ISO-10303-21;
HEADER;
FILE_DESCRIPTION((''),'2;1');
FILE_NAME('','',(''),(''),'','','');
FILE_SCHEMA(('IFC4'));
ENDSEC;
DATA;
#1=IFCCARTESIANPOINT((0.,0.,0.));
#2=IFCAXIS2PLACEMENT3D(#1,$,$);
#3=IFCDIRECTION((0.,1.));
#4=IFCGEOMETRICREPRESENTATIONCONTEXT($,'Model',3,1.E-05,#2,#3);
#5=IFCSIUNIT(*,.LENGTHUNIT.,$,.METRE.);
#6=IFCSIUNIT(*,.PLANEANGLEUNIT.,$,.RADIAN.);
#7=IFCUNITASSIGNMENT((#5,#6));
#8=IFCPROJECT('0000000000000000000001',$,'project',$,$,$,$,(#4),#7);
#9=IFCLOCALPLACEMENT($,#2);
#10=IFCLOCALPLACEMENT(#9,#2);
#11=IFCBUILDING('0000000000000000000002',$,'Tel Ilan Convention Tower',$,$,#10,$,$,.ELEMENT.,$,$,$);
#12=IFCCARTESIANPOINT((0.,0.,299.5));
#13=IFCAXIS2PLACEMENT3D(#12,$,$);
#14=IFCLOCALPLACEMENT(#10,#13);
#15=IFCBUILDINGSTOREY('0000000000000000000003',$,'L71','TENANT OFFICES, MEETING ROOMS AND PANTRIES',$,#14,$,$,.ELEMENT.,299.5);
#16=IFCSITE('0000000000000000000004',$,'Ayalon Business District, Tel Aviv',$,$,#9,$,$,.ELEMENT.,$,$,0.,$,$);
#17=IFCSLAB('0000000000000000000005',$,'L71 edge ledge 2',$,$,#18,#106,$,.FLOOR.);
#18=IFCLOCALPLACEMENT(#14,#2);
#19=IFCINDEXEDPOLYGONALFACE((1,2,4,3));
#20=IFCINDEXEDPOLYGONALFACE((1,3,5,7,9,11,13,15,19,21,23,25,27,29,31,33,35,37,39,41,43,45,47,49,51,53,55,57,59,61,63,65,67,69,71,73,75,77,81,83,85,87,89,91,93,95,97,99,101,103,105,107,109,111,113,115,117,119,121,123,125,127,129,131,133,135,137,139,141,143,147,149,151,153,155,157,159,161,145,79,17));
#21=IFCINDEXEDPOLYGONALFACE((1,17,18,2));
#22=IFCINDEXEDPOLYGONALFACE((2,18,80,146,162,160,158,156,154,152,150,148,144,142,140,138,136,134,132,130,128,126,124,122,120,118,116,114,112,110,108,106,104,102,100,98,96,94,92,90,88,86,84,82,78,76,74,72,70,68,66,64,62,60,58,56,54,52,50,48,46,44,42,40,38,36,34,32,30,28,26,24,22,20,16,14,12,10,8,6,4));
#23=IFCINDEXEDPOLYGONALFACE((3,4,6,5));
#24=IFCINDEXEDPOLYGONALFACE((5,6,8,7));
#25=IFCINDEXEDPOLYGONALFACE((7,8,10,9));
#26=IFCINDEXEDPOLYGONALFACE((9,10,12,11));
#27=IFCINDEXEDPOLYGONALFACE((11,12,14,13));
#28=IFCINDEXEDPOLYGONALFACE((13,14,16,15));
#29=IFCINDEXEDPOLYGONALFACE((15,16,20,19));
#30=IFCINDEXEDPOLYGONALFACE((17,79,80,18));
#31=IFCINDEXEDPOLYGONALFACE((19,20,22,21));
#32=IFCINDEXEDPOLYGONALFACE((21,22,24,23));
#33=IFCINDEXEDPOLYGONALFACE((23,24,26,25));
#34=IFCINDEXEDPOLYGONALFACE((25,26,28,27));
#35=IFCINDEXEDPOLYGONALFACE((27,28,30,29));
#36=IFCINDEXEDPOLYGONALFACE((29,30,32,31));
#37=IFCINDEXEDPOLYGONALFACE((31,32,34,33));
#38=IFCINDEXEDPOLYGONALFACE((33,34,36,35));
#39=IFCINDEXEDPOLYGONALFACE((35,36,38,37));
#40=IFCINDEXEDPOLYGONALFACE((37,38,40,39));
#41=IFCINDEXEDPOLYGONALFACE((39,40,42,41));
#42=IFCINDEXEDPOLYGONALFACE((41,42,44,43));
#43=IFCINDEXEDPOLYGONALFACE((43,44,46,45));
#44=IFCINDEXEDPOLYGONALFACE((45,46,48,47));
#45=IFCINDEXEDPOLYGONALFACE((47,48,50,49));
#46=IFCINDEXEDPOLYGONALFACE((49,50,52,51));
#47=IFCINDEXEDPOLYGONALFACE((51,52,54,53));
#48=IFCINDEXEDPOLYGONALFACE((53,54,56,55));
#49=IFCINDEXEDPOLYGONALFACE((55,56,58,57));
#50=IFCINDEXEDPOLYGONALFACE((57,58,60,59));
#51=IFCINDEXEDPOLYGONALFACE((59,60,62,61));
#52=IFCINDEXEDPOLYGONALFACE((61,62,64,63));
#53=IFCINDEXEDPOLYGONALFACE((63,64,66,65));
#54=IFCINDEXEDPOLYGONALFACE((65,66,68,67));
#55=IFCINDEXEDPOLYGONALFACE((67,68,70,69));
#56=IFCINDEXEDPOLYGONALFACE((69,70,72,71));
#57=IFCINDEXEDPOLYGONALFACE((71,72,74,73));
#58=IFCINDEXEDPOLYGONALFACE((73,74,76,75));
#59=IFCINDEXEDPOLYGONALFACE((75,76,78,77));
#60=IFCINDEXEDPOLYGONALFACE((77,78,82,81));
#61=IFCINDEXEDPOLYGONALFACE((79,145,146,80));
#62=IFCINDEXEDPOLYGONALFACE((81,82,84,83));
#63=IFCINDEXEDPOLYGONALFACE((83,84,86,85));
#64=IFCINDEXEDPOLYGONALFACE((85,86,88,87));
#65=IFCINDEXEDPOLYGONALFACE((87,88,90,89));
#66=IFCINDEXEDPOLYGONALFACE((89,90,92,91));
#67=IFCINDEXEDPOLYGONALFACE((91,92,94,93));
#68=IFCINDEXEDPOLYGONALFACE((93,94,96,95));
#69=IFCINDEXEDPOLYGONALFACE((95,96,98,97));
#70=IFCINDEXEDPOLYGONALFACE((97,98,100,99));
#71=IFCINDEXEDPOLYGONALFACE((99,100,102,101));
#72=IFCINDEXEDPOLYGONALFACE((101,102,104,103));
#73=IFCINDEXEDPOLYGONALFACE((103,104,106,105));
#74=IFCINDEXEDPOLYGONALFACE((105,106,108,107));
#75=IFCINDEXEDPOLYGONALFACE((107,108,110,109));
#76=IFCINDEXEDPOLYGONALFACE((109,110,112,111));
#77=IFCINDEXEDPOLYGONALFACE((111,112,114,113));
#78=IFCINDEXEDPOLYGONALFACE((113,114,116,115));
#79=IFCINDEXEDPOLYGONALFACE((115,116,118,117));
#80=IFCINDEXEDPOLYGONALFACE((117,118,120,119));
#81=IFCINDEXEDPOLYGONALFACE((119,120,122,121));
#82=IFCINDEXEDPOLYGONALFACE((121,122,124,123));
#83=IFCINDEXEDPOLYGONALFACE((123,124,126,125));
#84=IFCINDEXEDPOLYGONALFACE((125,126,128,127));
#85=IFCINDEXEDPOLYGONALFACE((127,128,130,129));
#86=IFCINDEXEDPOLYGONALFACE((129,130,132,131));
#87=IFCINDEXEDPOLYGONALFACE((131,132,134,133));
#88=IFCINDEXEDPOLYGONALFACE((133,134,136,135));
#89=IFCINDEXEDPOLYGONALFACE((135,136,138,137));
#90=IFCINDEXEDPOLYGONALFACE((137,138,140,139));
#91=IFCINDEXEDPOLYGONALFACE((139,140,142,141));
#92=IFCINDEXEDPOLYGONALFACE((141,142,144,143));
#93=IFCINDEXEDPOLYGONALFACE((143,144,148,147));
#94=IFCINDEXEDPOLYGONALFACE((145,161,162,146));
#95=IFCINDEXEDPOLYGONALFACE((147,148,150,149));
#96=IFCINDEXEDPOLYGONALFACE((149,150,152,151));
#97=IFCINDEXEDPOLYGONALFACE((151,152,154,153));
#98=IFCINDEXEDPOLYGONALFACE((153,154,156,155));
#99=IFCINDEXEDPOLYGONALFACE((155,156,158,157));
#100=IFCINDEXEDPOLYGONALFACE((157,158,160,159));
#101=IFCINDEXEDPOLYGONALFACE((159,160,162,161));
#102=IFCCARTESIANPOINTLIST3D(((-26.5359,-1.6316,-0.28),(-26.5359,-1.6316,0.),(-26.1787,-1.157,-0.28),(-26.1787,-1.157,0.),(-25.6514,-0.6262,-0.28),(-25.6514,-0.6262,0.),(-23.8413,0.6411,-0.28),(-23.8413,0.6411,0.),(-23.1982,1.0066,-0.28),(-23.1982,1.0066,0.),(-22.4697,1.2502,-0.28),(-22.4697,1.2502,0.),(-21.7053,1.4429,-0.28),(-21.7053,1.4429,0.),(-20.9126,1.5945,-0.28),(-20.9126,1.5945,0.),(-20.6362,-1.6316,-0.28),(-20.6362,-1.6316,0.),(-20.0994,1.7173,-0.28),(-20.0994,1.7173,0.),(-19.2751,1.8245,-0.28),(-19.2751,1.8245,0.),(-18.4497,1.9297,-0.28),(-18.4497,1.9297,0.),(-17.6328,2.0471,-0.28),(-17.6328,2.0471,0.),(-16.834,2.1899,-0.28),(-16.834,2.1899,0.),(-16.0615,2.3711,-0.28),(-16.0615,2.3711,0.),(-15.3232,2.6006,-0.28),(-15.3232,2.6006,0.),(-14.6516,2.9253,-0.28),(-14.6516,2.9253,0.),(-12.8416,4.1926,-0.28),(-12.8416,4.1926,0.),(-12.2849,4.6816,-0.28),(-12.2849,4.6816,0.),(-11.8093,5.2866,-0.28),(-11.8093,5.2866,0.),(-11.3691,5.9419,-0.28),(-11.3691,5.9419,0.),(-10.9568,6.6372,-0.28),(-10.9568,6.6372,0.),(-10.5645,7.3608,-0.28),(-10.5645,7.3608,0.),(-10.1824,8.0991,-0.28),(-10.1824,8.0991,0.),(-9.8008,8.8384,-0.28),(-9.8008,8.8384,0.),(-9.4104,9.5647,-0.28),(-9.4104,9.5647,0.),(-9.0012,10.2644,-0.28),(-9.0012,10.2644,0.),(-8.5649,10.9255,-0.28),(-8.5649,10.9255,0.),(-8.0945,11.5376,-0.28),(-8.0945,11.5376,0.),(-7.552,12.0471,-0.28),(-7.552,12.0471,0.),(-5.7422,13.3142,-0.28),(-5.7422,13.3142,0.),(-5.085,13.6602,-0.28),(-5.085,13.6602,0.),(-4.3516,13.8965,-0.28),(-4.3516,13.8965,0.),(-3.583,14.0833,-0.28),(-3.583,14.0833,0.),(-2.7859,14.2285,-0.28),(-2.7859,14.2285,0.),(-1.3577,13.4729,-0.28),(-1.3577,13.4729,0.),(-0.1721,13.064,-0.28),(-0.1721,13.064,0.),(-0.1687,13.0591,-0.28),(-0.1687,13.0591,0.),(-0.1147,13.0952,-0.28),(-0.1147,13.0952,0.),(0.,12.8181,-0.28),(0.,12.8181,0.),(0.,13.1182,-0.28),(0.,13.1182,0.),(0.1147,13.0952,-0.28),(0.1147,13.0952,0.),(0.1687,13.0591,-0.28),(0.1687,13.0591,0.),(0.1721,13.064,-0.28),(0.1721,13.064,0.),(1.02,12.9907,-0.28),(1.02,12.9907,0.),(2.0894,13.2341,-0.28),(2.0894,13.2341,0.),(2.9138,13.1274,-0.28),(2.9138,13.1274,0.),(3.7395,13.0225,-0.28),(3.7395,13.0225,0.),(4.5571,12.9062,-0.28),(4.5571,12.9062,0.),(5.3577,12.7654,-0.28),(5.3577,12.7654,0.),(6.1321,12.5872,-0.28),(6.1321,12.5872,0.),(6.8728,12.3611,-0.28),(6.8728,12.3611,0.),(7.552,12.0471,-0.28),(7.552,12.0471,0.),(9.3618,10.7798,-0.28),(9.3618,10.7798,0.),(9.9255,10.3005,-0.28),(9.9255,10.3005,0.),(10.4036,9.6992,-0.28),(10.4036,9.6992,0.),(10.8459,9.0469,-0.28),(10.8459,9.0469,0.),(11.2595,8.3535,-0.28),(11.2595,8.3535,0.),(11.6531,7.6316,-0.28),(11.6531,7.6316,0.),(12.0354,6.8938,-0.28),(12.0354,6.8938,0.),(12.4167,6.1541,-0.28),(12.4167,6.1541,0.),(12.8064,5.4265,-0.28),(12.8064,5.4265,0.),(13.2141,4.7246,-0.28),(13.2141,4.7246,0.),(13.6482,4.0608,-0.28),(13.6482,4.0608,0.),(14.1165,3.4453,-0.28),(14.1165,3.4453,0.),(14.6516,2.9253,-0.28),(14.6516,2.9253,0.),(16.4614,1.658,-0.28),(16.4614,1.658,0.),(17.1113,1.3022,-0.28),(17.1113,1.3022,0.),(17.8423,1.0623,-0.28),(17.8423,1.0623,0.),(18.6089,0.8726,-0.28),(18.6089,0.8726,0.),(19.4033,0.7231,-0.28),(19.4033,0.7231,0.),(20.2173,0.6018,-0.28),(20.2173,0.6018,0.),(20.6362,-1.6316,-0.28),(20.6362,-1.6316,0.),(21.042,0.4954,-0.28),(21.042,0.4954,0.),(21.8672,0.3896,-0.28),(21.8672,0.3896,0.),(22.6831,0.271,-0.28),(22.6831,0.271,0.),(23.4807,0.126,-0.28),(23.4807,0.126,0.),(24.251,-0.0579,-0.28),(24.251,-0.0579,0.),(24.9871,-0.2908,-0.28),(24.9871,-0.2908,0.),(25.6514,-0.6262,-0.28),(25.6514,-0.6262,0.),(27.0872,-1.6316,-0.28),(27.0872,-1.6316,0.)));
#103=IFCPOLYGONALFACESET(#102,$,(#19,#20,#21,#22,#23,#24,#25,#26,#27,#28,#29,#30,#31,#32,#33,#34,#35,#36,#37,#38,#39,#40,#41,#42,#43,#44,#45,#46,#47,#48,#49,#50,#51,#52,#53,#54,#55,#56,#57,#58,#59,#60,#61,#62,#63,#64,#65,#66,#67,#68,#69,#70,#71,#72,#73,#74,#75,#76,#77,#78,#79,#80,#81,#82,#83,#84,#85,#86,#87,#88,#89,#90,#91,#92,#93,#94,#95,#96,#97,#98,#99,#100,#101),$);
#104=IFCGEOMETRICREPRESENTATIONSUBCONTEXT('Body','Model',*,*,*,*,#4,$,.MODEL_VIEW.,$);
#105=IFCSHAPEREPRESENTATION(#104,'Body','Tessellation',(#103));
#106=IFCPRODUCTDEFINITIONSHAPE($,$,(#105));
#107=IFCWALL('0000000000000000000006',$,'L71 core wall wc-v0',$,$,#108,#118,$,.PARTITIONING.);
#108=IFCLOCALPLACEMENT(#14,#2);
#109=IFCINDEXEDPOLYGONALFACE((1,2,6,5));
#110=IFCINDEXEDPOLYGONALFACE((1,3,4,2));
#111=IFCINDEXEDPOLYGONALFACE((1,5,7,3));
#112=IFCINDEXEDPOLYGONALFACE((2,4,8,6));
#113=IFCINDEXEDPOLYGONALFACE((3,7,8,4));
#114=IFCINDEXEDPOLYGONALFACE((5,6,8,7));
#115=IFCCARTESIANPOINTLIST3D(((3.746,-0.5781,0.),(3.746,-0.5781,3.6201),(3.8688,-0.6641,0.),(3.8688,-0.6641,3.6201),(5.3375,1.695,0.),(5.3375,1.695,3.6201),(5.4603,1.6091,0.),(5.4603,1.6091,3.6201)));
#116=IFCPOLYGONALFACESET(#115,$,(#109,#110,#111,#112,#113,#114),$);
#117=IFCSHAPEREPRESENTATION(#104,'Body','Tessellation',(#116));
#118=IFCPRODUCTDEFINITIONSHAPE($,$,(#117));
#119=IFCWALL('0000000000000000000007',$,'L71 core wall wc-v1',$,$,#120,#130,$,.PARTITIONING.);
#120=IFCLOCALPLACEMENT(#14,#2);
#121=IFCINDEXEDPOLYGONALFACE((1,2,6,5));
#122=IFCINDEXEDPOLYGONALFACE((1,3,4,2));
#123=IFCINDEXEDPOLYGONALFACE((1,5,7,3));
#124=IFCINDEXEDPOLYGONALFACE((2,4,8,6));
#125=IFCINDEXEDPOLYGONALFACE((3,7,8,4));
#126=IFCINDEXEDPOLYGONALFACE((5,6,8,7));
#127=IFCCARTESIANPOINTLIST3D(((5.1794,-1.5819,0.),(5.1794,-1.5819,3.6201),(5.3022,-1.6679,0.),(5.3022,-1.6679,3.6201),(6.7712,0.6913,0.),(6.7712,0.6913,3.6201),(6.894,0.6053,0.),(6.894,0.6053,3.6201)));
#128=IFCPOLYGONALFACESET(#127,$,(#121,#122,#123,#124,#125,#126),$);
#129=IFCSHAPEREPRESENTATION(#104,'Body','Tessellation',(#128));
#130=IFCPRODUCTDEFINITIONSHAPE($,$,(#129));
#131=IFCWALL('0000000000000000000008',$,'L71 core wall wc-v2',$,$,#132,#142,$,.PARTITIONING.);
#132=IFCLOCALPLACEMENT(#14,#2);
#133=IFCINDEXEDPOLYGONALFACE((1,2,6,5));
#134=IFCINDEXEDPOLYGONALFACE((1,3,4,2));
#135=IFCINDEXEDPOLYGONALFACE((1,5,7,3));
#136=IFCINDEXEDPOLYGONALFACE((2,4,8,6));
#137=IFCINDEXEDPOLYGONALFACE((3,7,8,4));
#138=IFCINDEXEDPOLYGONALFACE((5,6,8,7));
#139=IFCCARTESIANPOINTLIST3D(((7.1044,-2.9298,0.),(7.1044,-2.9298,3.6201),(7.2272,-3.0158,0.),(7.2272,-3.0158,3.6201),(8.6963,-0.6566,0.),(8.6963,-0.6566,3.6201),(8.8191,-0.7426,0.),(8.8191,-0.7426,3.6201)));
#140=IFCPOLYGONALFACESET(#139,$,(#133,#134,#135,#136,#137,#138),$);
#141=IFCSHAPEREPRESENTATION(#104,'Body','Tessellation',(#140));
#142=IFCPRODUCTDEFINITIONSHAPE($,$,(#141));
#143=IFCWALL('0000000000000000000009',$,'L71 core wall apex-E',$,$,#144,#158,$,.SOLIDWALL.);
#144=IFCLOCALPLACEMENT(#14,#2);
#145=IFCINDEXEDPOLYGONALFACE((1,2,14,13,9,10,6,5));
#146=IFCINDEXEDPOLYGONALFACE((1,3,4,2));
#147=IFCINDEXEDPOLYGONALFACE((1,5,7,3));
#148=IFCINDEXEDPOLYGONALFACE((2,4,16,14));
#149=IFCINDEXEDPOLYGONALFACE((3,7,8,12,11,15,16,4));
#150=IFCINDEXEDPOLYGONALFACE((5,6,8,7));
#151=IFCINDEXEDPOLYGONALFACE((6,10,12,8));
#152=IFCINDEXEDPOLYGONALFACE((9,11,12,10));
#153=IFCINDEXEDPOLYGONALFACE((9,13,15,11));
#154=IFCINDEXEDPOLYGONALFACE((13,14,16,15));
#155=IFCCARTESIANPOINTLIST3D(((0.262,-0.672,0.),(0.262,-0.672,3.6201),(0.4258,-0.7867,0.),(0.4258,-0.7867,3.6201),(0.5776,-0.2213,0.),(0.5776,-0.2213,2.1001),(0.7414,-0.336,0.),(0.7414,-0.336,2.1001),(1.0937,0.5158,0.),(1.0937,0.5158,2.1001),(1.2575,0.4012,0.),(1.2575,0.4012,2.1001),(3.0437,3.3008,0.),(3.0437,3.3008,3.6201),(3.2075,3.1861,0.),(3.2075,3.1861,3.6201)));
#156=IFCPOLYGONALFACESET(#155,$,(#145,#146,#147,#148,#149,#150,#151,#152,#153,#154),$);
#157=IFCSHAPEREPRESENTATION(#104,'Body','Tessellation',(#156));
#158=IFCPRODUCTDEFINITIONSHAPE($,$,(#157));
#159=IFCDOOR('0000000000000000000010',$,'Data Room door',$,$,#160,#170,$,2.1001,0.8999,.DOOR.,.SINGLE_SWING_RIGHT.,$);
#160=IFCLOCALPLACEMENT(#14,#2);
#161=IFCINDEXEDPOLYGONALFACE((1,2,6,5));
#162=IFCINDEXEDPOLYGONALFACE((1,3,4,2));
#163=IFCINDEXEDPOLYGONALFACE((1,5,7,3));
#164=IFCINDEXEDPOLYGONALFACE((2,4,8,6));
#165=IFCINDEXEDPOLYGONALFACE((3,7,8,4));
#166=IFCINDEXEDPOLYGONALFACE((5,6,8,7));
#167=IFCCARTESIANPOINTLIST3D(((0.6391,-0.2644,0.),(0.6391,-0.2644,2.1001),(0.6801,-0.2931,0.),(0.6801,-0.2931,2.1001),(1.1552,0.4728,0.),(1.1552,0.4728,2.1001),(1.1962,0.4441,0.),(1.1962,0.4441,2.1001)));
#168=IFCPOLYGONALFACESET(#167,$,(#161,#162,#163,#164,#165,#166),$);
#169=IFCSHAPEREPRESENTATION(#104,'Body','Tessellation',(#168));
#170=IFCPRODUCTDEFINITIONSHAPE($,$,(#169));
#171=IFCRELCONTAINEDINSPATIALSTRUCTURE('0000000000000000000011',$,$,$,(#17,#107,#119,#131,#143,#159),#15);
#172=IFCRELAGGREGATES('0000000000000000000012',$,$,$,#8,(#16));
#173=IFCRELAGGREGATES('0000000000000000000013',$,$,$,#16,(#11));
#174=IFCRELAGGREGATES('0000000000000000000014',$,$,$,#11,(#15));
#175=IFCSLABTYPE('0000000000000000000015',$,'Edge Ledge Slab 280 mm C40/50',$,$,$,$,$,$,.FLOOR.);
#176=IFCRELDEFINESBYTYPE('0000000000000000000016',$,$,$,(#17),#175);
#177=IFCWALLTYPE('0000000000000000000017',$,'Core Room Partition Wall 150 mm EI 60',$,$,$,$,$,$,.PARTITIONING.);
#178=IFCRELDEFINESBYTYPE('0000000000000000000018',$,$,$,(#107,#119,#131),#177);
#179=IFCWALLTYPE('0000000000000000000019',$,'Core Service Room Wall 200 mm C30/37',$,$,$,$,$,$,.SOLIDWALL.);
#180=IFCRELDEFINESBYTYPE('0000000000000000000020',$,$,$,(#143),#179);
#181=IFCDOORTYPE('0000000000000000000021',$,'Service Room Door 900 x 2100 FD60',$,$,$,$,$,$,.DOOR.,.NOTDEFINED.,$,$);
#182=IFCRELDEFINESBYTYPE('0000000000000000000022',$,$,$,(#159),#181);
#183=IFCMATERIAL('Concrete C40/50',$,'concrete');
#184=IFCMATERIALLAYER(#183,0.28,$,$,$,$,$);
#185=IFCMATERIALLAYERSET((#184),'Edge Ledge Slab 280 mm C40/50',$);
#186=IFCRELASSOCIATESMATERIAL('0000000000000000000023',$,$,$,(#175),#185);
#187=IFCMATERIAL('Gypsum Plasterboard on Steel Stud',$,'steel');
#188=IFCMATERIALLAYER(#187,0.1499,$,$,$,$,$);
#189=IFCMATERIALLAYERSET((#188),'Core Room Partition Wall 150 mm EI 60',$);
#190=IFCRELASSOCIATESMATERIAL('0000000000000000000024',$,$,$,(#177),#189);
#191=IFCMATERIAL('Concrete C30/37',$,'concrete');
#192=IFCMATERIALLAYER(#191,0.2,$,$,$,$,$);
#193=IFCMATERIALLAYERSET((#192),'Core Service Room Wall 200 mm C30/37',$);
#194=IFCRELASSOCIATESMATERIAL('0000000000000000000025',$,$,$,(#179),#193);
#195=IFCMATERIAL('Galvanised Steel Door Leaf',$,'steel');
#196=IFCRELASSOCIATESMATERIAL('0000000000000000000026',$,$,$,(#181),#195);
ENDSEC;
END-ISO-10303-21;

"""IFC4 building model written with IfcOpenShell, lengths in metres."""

from ifc_helpers import new_model, si_unit, direction, frame, frame_2d, origin, place, context, subcontext, project, spatial, polyline, rectangle, outline, extrude, material, layer, layer_set, type_object, element, fill, save


model = new_model("IFC4")

# Units and contexts
model_context = context("Model", 3, precision=1e-05, world=origin(), true_north=direction((0.0, 1.0)))
body_context = subcontext(model_context, "Body", "Model", "MODEL_VIEW")
ifc_project = project(units=[si_unit("LENGTHUNIT", "METRE"), si_unit("PLANEANGLEUNIT", "RADIAN")], contexts=[model_context])

# Site, building, storey
site_placement = place(None, origin())
site = spatial("IfcSite", under=ifc_project, at=site_placement, Name="Ayalon Business District, Tel Aviv", CompositionType="ELEMENT", RefElevation=0.0)
building_placement = place(site_placement, origin())
building = spatial("IfcBuilding", under=site, at=building_placement, Name="Tel Ilan Convention Tower", CompositionType="ELEMENT")
storey_placement = place(building_placement, frame((0.0, 0.0, 299.5)))
storey = spatial("IfcBuildingStorey", under=building, at=storey_placement, Name="L71", Description="TENANT OFFICES, MEETING ROOMS AND PANTRIES", CompositionType="ELEMENT", Elevation=299.5)

# Slab
ifc_material_1 = material(Name="Concrete C40/50", Category="concrete")
ifc_layer_1 = layer(ifc_material_1, 0.28)
ifc_layer_set_1 = layer_set([ifc_layer_1], Name="Edge Ledge Slab 280 mm C40/50")
slab_type_1 = type_object("IfcSlabType", Name="Edge Ledge Slab 280 mm C40/50", PredefinedType="FLOOR", material=ifc_layer_set_1)
slab_1_placement = place(storey_placement, frame((0.0, 0.0, -0.28)))
element("IfcSlab", 1, at=slab_1_placement, inside=storey, type_object=slab_type_1, Name="L71 edge ledge 2", PredefinedType="FLOOR", context=body_context, shape_type="SweptSolid", body=[
    extrude(outline(polyline([(-23.1982, 1.0066), (-22.4697, 1.2502), (-21.7053, 1.4429), (-20.9126, 1.5945), (-20.0994, 1.7173), (-19.2751, 1.8245), (-18.4497, 1.9297), (-17.6328, 2.0471), (-16.834, 2.1899), (-16.0615, 2.3711), (-15.3232, 2.6006), (-14.6516, 2.9253), (-12.8416, 4.1926), (-12.2849, 4.6816), (-11.8093, 5.2866), (-11.3691, 5.9419), (-10.9568, 6.6372), (-10.5645, 7.3608), (-10.1824, 8.0991), (-9.8008, 8.8384), (-9.4104, 9.5647), (-9.0012, 10.2644), (-8.5649, 10.9255), (-8.0945, 11.5376), (-7.552, 12.0471), (-5.7422, 13.3142), (-5.085, 13.6602), (-4.3516, 13.8965), (-3.583, 14.0833), (-2.7859, 14.2285), (-1.3577, 13.4729), (-0.1721, 13.064), (-0.1687, 13.0591), (-0.1147, 13.0952), (0.0, 13.1182), (0.1147, 13.0952), (0.1687, 13.0591), (0.1721, 13.064), (1.02, 12.9907), (2.0894, 13.2341), (2.9138, 13.1274), (3.7395, 13.0225), (4.5571, 12.9062), (5.3577, 12.7654), (6.1321, 12.5872), (6.8728, 12.3611), (7.552, 12.0471), (9.3618, 10.7798), (9.9255, 10.3005), (10.4036, 9.6992), (10.8459, 9.0469), (11.2595, 8.3535), (11.6531, 7.6316), (12.0354, 6.8938), (12.4167, 6.1541), (12.8064, 5.4265), (13.2141, 4.7246), (13.6482, 4.0608), (14.1165, 3.4453), (14.6516, 2.9253), (16.4614, 1.658), (17.1113, 1.3022), (17.8423, 1.0623), (18.6089, 0.8726), (19.4033, 0.7231), (20.2173, 0.6018), (21.042, 0.4954), (21.8672, 0.3896), (22.6831, 0.271), (23.4807, 0.126), (24.251, -0.0579), (24.9871, -0.2908), (25.6514, -0.6262), (27.0872, -1.6316), (20.6362, -1.6316), (0.0, 12.8181), (-20.6362, -1.6316), (-26.5359, -1.6316), (-26.1787, -1.157), (-25.6514, -0.6262), (-23.8413, 0.6411), (-23.1982, 1.0066)])), origin(), (0.0, 0.0, 1.0), 0.28),
])

# Walls
ifc_material_2 = material(Name="Gypsum Plasterboard on Steel Stud", Category="steel")
ifc_layer_2 = layer(ifc_material_2, 0.1499)
ifc_layer_set_2 = layer_set([ifc_layer_2], Name="Core Room Partition Wall 150 mm EI 60")
wall_type_1 = type_object("IfcWallType", Name="Core Room Partition Wall 150 mm EI 60", PredefinedType="PARTITIONING", material=ifc_layer_set_2)
wall_1_placement = place(storey_placement, frame((3.8074, -0.6211, 0.0), z_axis=(0.0, 0.0, 1.0), x_axis=(0.573539, 0.819178, 0.0)))
element("IfcWall", 2, at=wall_1_placement, inside=storey, type_object=wall_type_1, Name="L71 core wall wc-v0", PredefinedType="PARTITIONING", context=body_context, shape_type="SweptSolid", body=[
    extrude(rectangle(XDim=2.7749, YDim=0.1499, at=frame_2d((1.3875, 0.0))), origin(), (0.0, 0.0, 1.0), 3.6201),
])
for number, where, z_axis, x_axis, name in (
    (3, (5.2407, -1.625, 0.0), (0.0, 0.0, 1.0), (0.573598, 0.819137, 0.0), "L71 core wall wc-v1"),
    (4, (7.1658, -2.9729, 0.0), (0.0, 0.0, 1.0), (0.573598, 0.819137, 0.0), "L71 core wall wc-v2"),
):
    element("IfcWall", number, at=place(storey_placement, frame(where, z_axis=z_axis, x_axis=x_axis)), inside=storey, type_object=wall_type_1, Name=name, PredefinedType="PARTITIONING", context=body_context, shape_type="SweptSolid", body=[
        extrude(rectangle(XDim=2.7751, YDim=0.1499, at=frame_2d((1.3877, 0.0))), origin(), (0.0, 0.0, 1.0), 3.6201),
    ])

# Wall, opening, door
ifc_material_3 = material(Name="Concrete C30/37", Category="concrete")
ifc_layer_3 = layer(ifc_material_3, 0.2)
ifc_layer_set_3 = layer_set([ifc_layer_3], Name="Core Service Room Wall 200 mm C30/37")
wall_type_2 = type_object("IfcWallType", Name="Core Service Room Wall 200 mm C30/37", PredefinedType="SOLIDWALL", material=ifc_layer_set_3)
wall_2_placement = place(storey_placement, frame((0.344, -0.7292, 0.0), z_axis=(0.0, 0.0, 1.0), x_axis=(0.57356, 0.819163, 0.0)))
wall_2 = element("IfcWall", 5, at=wall_2_placement, inside=storey, type_object=wall_type_2, Name="L71 core wall apex-E", PredefinedType="SOLIDWALL", context=body_context, shape_type="SweptSolid", body=[
    extrude(rectangle(XDim=4.8499, YDim=0.2, at=frame_2d((2.4248, 0.0))), origin(), (0.0, 0.0, 1.0), 3.6201),
])
opening_1_placement = place(wall_2_placement, frame((0.55, 0.0, 0.0)))
opening_1 = element("IfcOpeningElement", 6, at=opening_1_placement, cuts=wall_2, PredefinedType="OPENING", context=body_context, shape_type="SweptSolid", body=[
    extrude(rectangle(XDim=0.8999, YDim=2.1001, at=frame_2d((0.45, 1.05))), frame((0.0, 0.1099, 0.0), z_axis=(0.0, -1.0, 0.0), x_axis=(1.0, 0.0, 0.0)), (0.0, 0.0, 1.0), 0.22),
])
ifc_material_4 = material(Name="Galvanised Steel Door Leaf", Category="steel")
door_type_1 = type_object("IfcDoorType", Name="Service Room Door 900 x 2100 FD60", OperationType="NOTDEFINED", PredefinedType="DOOR", material=ifc_material_4)
door_1_placement = place(opening_1_placement, origin())
door_1 = element("IfcDoor", 7, at=door_1_placement, inside=storey, type_object=door_type_1, Name="Data Room door", OperationType="SINGLE_SWING_RIGHT", OverallHeight=2.1001, OverallWidth=0.8999, PredefinedType="DOOR", context=body_context, shape_type="SweptSolid", body=[
    extrude(rectangle(XDim=0.8999, YDim=2.1001, at=frame_2d((0.45, 1.05))), frame((0.0, 0.0249, 0.0), z_axis=(0.0, -1.0, 0.0), x_axis=(1.0, 0.0, 0.0)), (0.0, 0.0, 1.0), 0.05),
])
fill(opening_1, door_1)

save(model, "model.ifc")
